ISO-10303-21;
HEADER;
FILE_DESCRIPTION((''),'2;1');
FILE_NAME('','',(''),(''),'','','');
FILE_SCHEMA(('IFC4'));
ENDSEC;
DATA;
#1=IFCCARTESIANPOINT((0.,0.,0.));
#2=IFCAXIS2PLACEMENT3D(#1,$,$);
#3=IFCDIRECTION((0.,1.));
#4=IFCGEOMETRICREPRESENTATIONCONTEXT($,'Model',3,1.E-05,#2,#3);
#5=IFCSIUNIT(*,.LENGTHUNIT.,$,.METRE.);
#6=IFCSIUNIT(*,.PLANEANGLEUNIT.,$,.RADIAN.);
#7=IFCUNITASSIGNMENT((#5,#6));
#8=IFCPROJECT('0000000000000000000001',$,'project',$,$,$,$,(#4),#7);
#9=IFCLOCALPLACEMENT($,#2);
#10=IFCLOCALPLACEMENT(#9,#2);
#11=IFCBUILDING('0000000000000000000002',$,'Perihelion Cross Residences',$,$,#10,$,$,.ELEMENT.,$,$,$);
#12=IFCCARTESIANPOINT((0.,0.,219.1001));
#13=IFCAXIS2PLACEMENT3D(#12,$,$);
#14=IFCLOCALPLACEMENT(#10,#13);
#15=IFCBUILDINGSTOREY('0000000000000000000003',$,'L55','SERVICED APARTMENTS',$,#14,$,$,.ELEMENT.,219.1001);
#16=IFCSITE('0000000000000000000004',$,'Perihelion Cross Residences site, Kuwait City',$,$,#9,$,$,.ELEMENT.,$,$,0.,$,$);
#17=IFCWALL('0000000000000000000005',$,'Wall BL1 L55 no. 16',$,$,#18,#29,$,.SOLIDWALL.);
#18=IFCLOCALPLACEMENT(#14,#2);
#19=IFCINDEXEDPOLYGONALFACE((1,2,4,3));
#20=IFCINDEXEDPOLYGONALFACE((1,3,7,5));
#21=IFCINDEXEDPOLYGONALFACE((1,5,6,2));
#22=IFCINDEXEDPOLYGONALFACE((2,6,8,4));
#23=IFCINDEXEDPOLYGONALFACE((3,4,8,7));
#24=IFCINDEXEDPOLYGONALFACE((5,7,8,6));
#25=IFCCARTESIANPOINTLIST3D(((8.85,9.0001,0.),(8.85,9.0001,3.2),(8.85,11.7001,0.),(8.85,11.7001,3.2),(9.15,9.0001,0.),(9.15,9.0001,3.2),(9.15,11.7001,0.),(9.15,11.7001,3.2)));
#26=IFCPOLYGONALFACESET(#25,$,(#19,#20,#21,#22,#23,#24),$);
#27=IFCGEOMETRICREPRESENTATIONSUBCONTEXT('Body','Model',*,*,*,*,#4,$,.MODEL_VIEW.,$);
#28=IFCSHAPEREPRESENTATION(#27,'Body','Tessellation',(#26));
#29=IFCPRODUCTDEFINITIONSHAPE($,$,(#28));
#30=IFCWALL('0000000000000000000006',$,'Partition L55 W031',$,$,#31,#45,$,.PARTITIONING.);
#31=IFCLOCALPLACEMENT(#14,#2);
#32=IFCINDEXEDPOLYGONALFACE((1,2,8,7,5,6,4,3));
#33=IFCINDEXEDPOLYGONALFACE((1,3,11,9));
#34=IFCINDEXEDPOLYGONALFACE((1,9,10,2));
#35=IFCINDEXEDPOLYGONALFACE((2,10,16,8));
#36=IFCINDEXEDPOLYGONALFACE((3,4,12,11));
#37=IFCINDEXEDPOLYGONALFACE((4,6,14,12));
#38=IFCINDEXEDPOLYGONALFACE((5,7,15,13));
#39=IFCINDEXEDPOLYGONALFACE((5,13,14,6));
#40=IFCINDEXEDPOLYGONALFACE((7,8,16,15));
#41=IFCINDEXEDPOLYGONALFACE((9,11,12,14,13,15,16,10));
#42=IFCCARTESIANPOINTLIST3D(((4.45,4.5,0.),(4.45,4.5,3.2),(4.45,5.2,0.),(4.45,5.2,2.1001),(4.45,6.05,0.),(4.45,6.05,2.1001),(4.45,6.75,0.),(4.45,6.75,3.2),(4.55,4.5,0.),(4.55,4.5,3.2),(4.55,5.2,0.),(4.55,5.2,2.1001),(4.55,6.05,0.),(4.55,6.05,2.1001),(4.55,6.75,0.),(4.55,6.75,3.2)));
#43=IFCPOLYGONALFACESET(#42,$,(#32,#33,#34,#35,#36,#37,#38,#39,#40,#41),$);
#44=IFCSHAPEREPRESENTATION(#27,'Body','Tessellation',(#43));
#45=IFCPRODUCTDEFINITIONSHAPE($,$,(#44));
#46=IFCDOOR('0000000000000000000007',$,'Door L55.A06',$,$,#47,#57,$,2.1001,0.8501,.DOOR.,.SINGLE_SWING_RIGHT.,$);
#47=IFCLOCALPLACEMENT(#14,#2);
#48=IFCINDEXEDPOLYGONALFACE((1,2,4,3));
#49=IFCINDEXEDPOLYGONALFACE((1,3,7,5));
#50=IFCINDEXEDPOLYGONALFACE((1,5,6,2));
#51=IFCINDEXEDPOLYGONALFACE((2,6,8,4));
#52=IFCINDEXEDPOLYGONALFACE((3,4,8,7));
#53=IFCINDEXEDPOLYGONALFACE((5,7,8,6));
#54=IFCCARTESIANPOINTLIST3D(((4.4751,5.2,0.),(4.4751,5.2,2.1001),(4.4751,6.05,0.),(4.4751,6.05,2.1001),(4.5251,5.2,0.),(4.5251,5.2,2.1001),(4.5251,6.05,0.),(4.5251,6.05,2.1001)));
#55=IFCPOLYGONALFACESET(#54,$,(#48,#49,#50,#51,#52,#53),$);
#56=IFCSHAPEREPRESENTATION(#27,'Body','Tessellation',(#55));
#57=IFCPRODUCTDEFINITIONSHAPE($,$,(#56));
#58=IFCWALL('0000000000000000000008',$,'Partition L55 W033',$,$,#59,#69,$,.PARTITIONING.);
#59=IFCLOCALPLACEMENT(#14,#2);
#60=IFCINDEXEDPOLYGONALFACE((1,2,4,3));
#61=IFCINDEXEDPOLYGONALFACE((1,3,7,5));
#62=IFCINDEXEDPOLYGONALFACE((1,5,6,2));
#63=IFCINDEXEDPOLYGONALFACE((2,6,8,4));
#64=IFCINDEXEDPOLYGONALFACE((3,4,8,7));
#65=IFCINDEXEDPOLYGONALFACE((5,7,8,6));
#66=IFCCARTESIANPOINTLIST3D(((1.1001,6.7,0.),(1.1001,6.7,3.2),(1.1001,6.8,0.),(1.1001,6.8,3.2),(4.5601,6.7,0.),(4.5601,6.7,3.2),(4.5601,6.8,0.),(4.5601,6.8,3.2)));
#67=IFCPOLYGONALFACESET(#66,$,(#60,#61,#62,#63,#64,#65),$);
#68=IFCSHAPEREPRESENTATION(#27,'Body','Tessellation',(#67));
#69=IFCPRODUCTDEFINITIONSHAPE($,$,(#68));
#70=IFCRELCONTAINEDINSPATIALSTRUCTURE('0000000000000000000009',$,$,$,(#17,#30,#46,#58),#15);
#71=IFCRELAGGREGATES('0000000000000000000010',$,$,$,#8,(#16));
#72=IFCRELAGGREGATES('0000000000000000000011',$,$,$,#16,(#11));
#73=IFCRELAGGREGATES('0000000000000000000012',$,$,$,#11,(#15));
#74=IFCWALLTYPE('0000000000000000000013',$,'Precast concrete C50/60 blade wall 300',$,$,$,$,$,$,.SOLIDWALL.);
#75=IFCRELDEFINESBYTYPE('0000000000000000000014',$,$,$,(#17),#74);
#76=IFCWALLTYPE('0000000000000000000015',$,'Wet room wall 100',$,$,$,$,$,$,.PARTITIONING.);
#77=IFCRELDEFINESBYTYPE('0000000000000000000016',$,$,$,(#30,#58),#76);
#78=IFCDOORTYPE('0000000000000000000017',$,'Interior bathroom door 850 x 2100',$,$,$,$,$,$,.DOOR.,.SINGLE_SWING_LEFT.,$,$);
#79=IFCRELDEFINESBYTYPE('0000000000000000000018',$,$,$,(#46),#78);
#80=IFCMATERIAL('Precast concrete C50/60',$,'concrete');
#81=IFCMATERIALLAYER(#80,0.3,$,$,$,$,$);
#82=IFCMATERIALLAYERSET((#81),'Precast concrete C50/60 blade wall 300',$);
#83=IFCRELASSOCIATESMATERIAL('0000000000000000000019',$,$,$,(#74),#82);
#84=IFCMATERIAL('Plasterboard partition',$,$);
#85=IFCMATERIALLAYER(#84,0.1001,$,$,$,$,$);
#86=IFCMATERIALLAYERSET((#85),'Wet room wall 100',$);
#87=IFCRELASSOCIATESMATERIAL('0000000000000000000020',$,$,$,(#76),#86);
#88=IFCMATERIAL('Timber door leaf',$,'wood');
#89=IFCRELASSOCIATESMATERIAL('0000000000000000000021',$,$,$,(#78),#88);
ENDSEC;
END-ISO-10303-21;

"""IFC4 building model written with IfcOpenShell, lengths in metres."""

from ifc_helpers import new_model, si_unit, direction, frame, frame_2d, origin, place, context, subcontext, project, spatial, rectangle, extrude, material, layer, layer_set, type_object, element, fill, save


model = new_model("IFC4")

# Units and contexts
model_context = context("Model", 3, precision=1e-05, world=origin(), true_north=direction((0.0, 1.0)))
body_context = subcontext(model_context, "Body", "Model", "MODEL_VIEW")
ifc_project = project(units=[si_unit("LENGTHUNIT", "METRE"), si_unit("PLANEANGLEUNIT", "RADIAN")], contexts=[model_context])

# Site, building, storey
site_placement = place(None, origin())
site = spatial("IfcSite", under=ifc_project, at=site_placement, Name="Perihelion Cross Residences site, Kuwait City", CompositionType="ELEMENT", RefElevation=0.0)
building_placement = place(site_placement, origin())
building = spatial("IfcBuilding", under=site, at=building_placement, Name="Perihelion Cross Residences", CompositionType="ELEMENT")
storey_placement = place(building_placement, frame((0.0, 0.0, 219.1001)))
storey = spatial("IfcBuildingStorey", under=building, at=storey_placement, Name="L55", Description="SERVICED APARTMENTS", CompositionType="ELEMENT", Elevation=219.1001)

# Wall
ifc_material_1 = material(Name="Precast concrete C50/60", Category="concrete")
ifc_layer_1 = layer(ifc_material_1, 0.3)
ifc_layer_set_1 = layer_set([ifc_layer_1], Name="Precast concrete C50/60 blade wall 300")
wall_type_1 = type_object("IfcWallType", Name="Precast concrete C50/60 blade wall 300", PredefinedType="SOLIDWALL", material=ifc_layer_set_1)
for number, where, z_axis, x_axis, name in (
    (1, (9.0, 9.0, 0.0), (0.0, 0.0, 1.0), (0.0, 1.0, 0.0), "Wall BL1 L55 no. 16"),
):
    element("IfcWall", number, at=place(storey_placement, frame(where, z_axis=z_axis, x_axis=x_axis)), inside=storey, type_object=wall_type_1, Name=name, PredefinedType="SOLIDWALL", context=body_context, shape_type="SweptSolid", body=[
        extrude(rectangle(XDim=2.7, YDim=0.3, at=frame_2d((1.3501, 0.0))), origin(), (0.0, 0.0, 1.0), 3.2),
    ])

# Wall, opening, door
ifc_material_2 = material(Name="Plasterboard partition")
ifc_layer_2 = layer(ifc_material_2, 0.1001)
ifc_layer_set_2 = layer_set([ifc_layer_2], Name="Wet room wall 100")
wall_type_2 = type_object("IfcWallType", Name="Wet room wall 100", PredefinedType="PARTITIONING", material=ifc_layer_set_2)
wall_1_placement = place(storey_placement, frame((4.5, 4.5, 0.0), z_axis=(0.0, 0.0, 1.0), x_axis=(0.0, 1.0, 0.0)))
wall_1 = element("IfcWall", 2, at=wall_1_placement, inside=storey, type_object=wall_type_2, Name="Partition L55 W031", PredefinedType="PARTITIONING", context=body_context, shape_type="SweptSolid", body=[
    extrude(rectangle(XDim=2.25, YDim=0.1001, at=frame_2d((1.125, 0.0))), origin(), (0.0, 0.0, 1.0), 3.2),
])
opening_1_placement = place(wall_1_placement, frame((0.7, 0.0, 0.0)))
opening_1 = element("IfcOpeningElement", 3, at=opening_1_placement, cuts=wall_1, PredefinedType="OPENING", context=body_context, shape_type="SweptSolid", body=[
    extrude(rectangle(XDim=0.8501, YDim=2.1001, at=frame_2d((0.425, 1.05))), frame((0.0, 0.0601, 0.0), z_axis=(0.0, -1.0, 0.0), x_axis=(1.0, 0.0, 0.0)), (0.0, 0.0, 1.0), 0.1201),
])
ifc_material_3 = material(Name="Timber door leaf", Category="wood")
door_type_1 = type_object("IfcDoorType", Name="Interior bathroom door 850 x 2100", OperationType="SINGLE_SWING_LEFT", PredefinedType="DOOR", material=ifc_material_3)
door_1_placement = place(opening_1_placement, origin())
door_1 = element("IfcDoor", 4, at=door_1_placement, inside=storey, type_object=door_type_1, Name="Door L55.A06", OperationType="SINGLE_SWING_RIGHT", OverallHeight=2.1001, OverallWidth=0.8501, PredefinedType="DOOR", context=body_context, shape_type="SweptSolid", body=[
    extrude(rectangle(XDim=0.8501, YDim=2.1001, at=frame_2d((0.425, 1.05))), frame((0.0, 0.0249, 0.0), z_axis=(0.0, -1.0, 0.0), x_axis=(1.0, 0.0, 0.0)), (0.0, 0.0, 1.0), 0.05),
])
fill(opening_1, door_1)

# Wall
wall_2_placement = place(storey_placement, frame((1.1001, 6.75, 0.0), z_axis=(0.0, 0.0, 1.0), x_axis=(1.0, 0.0, 0.0)))
element("IfcWall", 5, at=wall_2_placement, inside=storey, type_object=wall_type_2, Name="Partition L55 W033", PredefinedType="PARTITIONING", context=body_context, shape_type="SweptSolid", body=[
    extrude(rectangle(XDim=3.46, YDim=0.1001, at=frame_2d((1.73, 0.0))), origin(), (0.0, 0.0, 1.0), 3.2),
])

save(model, "model.ifc")
